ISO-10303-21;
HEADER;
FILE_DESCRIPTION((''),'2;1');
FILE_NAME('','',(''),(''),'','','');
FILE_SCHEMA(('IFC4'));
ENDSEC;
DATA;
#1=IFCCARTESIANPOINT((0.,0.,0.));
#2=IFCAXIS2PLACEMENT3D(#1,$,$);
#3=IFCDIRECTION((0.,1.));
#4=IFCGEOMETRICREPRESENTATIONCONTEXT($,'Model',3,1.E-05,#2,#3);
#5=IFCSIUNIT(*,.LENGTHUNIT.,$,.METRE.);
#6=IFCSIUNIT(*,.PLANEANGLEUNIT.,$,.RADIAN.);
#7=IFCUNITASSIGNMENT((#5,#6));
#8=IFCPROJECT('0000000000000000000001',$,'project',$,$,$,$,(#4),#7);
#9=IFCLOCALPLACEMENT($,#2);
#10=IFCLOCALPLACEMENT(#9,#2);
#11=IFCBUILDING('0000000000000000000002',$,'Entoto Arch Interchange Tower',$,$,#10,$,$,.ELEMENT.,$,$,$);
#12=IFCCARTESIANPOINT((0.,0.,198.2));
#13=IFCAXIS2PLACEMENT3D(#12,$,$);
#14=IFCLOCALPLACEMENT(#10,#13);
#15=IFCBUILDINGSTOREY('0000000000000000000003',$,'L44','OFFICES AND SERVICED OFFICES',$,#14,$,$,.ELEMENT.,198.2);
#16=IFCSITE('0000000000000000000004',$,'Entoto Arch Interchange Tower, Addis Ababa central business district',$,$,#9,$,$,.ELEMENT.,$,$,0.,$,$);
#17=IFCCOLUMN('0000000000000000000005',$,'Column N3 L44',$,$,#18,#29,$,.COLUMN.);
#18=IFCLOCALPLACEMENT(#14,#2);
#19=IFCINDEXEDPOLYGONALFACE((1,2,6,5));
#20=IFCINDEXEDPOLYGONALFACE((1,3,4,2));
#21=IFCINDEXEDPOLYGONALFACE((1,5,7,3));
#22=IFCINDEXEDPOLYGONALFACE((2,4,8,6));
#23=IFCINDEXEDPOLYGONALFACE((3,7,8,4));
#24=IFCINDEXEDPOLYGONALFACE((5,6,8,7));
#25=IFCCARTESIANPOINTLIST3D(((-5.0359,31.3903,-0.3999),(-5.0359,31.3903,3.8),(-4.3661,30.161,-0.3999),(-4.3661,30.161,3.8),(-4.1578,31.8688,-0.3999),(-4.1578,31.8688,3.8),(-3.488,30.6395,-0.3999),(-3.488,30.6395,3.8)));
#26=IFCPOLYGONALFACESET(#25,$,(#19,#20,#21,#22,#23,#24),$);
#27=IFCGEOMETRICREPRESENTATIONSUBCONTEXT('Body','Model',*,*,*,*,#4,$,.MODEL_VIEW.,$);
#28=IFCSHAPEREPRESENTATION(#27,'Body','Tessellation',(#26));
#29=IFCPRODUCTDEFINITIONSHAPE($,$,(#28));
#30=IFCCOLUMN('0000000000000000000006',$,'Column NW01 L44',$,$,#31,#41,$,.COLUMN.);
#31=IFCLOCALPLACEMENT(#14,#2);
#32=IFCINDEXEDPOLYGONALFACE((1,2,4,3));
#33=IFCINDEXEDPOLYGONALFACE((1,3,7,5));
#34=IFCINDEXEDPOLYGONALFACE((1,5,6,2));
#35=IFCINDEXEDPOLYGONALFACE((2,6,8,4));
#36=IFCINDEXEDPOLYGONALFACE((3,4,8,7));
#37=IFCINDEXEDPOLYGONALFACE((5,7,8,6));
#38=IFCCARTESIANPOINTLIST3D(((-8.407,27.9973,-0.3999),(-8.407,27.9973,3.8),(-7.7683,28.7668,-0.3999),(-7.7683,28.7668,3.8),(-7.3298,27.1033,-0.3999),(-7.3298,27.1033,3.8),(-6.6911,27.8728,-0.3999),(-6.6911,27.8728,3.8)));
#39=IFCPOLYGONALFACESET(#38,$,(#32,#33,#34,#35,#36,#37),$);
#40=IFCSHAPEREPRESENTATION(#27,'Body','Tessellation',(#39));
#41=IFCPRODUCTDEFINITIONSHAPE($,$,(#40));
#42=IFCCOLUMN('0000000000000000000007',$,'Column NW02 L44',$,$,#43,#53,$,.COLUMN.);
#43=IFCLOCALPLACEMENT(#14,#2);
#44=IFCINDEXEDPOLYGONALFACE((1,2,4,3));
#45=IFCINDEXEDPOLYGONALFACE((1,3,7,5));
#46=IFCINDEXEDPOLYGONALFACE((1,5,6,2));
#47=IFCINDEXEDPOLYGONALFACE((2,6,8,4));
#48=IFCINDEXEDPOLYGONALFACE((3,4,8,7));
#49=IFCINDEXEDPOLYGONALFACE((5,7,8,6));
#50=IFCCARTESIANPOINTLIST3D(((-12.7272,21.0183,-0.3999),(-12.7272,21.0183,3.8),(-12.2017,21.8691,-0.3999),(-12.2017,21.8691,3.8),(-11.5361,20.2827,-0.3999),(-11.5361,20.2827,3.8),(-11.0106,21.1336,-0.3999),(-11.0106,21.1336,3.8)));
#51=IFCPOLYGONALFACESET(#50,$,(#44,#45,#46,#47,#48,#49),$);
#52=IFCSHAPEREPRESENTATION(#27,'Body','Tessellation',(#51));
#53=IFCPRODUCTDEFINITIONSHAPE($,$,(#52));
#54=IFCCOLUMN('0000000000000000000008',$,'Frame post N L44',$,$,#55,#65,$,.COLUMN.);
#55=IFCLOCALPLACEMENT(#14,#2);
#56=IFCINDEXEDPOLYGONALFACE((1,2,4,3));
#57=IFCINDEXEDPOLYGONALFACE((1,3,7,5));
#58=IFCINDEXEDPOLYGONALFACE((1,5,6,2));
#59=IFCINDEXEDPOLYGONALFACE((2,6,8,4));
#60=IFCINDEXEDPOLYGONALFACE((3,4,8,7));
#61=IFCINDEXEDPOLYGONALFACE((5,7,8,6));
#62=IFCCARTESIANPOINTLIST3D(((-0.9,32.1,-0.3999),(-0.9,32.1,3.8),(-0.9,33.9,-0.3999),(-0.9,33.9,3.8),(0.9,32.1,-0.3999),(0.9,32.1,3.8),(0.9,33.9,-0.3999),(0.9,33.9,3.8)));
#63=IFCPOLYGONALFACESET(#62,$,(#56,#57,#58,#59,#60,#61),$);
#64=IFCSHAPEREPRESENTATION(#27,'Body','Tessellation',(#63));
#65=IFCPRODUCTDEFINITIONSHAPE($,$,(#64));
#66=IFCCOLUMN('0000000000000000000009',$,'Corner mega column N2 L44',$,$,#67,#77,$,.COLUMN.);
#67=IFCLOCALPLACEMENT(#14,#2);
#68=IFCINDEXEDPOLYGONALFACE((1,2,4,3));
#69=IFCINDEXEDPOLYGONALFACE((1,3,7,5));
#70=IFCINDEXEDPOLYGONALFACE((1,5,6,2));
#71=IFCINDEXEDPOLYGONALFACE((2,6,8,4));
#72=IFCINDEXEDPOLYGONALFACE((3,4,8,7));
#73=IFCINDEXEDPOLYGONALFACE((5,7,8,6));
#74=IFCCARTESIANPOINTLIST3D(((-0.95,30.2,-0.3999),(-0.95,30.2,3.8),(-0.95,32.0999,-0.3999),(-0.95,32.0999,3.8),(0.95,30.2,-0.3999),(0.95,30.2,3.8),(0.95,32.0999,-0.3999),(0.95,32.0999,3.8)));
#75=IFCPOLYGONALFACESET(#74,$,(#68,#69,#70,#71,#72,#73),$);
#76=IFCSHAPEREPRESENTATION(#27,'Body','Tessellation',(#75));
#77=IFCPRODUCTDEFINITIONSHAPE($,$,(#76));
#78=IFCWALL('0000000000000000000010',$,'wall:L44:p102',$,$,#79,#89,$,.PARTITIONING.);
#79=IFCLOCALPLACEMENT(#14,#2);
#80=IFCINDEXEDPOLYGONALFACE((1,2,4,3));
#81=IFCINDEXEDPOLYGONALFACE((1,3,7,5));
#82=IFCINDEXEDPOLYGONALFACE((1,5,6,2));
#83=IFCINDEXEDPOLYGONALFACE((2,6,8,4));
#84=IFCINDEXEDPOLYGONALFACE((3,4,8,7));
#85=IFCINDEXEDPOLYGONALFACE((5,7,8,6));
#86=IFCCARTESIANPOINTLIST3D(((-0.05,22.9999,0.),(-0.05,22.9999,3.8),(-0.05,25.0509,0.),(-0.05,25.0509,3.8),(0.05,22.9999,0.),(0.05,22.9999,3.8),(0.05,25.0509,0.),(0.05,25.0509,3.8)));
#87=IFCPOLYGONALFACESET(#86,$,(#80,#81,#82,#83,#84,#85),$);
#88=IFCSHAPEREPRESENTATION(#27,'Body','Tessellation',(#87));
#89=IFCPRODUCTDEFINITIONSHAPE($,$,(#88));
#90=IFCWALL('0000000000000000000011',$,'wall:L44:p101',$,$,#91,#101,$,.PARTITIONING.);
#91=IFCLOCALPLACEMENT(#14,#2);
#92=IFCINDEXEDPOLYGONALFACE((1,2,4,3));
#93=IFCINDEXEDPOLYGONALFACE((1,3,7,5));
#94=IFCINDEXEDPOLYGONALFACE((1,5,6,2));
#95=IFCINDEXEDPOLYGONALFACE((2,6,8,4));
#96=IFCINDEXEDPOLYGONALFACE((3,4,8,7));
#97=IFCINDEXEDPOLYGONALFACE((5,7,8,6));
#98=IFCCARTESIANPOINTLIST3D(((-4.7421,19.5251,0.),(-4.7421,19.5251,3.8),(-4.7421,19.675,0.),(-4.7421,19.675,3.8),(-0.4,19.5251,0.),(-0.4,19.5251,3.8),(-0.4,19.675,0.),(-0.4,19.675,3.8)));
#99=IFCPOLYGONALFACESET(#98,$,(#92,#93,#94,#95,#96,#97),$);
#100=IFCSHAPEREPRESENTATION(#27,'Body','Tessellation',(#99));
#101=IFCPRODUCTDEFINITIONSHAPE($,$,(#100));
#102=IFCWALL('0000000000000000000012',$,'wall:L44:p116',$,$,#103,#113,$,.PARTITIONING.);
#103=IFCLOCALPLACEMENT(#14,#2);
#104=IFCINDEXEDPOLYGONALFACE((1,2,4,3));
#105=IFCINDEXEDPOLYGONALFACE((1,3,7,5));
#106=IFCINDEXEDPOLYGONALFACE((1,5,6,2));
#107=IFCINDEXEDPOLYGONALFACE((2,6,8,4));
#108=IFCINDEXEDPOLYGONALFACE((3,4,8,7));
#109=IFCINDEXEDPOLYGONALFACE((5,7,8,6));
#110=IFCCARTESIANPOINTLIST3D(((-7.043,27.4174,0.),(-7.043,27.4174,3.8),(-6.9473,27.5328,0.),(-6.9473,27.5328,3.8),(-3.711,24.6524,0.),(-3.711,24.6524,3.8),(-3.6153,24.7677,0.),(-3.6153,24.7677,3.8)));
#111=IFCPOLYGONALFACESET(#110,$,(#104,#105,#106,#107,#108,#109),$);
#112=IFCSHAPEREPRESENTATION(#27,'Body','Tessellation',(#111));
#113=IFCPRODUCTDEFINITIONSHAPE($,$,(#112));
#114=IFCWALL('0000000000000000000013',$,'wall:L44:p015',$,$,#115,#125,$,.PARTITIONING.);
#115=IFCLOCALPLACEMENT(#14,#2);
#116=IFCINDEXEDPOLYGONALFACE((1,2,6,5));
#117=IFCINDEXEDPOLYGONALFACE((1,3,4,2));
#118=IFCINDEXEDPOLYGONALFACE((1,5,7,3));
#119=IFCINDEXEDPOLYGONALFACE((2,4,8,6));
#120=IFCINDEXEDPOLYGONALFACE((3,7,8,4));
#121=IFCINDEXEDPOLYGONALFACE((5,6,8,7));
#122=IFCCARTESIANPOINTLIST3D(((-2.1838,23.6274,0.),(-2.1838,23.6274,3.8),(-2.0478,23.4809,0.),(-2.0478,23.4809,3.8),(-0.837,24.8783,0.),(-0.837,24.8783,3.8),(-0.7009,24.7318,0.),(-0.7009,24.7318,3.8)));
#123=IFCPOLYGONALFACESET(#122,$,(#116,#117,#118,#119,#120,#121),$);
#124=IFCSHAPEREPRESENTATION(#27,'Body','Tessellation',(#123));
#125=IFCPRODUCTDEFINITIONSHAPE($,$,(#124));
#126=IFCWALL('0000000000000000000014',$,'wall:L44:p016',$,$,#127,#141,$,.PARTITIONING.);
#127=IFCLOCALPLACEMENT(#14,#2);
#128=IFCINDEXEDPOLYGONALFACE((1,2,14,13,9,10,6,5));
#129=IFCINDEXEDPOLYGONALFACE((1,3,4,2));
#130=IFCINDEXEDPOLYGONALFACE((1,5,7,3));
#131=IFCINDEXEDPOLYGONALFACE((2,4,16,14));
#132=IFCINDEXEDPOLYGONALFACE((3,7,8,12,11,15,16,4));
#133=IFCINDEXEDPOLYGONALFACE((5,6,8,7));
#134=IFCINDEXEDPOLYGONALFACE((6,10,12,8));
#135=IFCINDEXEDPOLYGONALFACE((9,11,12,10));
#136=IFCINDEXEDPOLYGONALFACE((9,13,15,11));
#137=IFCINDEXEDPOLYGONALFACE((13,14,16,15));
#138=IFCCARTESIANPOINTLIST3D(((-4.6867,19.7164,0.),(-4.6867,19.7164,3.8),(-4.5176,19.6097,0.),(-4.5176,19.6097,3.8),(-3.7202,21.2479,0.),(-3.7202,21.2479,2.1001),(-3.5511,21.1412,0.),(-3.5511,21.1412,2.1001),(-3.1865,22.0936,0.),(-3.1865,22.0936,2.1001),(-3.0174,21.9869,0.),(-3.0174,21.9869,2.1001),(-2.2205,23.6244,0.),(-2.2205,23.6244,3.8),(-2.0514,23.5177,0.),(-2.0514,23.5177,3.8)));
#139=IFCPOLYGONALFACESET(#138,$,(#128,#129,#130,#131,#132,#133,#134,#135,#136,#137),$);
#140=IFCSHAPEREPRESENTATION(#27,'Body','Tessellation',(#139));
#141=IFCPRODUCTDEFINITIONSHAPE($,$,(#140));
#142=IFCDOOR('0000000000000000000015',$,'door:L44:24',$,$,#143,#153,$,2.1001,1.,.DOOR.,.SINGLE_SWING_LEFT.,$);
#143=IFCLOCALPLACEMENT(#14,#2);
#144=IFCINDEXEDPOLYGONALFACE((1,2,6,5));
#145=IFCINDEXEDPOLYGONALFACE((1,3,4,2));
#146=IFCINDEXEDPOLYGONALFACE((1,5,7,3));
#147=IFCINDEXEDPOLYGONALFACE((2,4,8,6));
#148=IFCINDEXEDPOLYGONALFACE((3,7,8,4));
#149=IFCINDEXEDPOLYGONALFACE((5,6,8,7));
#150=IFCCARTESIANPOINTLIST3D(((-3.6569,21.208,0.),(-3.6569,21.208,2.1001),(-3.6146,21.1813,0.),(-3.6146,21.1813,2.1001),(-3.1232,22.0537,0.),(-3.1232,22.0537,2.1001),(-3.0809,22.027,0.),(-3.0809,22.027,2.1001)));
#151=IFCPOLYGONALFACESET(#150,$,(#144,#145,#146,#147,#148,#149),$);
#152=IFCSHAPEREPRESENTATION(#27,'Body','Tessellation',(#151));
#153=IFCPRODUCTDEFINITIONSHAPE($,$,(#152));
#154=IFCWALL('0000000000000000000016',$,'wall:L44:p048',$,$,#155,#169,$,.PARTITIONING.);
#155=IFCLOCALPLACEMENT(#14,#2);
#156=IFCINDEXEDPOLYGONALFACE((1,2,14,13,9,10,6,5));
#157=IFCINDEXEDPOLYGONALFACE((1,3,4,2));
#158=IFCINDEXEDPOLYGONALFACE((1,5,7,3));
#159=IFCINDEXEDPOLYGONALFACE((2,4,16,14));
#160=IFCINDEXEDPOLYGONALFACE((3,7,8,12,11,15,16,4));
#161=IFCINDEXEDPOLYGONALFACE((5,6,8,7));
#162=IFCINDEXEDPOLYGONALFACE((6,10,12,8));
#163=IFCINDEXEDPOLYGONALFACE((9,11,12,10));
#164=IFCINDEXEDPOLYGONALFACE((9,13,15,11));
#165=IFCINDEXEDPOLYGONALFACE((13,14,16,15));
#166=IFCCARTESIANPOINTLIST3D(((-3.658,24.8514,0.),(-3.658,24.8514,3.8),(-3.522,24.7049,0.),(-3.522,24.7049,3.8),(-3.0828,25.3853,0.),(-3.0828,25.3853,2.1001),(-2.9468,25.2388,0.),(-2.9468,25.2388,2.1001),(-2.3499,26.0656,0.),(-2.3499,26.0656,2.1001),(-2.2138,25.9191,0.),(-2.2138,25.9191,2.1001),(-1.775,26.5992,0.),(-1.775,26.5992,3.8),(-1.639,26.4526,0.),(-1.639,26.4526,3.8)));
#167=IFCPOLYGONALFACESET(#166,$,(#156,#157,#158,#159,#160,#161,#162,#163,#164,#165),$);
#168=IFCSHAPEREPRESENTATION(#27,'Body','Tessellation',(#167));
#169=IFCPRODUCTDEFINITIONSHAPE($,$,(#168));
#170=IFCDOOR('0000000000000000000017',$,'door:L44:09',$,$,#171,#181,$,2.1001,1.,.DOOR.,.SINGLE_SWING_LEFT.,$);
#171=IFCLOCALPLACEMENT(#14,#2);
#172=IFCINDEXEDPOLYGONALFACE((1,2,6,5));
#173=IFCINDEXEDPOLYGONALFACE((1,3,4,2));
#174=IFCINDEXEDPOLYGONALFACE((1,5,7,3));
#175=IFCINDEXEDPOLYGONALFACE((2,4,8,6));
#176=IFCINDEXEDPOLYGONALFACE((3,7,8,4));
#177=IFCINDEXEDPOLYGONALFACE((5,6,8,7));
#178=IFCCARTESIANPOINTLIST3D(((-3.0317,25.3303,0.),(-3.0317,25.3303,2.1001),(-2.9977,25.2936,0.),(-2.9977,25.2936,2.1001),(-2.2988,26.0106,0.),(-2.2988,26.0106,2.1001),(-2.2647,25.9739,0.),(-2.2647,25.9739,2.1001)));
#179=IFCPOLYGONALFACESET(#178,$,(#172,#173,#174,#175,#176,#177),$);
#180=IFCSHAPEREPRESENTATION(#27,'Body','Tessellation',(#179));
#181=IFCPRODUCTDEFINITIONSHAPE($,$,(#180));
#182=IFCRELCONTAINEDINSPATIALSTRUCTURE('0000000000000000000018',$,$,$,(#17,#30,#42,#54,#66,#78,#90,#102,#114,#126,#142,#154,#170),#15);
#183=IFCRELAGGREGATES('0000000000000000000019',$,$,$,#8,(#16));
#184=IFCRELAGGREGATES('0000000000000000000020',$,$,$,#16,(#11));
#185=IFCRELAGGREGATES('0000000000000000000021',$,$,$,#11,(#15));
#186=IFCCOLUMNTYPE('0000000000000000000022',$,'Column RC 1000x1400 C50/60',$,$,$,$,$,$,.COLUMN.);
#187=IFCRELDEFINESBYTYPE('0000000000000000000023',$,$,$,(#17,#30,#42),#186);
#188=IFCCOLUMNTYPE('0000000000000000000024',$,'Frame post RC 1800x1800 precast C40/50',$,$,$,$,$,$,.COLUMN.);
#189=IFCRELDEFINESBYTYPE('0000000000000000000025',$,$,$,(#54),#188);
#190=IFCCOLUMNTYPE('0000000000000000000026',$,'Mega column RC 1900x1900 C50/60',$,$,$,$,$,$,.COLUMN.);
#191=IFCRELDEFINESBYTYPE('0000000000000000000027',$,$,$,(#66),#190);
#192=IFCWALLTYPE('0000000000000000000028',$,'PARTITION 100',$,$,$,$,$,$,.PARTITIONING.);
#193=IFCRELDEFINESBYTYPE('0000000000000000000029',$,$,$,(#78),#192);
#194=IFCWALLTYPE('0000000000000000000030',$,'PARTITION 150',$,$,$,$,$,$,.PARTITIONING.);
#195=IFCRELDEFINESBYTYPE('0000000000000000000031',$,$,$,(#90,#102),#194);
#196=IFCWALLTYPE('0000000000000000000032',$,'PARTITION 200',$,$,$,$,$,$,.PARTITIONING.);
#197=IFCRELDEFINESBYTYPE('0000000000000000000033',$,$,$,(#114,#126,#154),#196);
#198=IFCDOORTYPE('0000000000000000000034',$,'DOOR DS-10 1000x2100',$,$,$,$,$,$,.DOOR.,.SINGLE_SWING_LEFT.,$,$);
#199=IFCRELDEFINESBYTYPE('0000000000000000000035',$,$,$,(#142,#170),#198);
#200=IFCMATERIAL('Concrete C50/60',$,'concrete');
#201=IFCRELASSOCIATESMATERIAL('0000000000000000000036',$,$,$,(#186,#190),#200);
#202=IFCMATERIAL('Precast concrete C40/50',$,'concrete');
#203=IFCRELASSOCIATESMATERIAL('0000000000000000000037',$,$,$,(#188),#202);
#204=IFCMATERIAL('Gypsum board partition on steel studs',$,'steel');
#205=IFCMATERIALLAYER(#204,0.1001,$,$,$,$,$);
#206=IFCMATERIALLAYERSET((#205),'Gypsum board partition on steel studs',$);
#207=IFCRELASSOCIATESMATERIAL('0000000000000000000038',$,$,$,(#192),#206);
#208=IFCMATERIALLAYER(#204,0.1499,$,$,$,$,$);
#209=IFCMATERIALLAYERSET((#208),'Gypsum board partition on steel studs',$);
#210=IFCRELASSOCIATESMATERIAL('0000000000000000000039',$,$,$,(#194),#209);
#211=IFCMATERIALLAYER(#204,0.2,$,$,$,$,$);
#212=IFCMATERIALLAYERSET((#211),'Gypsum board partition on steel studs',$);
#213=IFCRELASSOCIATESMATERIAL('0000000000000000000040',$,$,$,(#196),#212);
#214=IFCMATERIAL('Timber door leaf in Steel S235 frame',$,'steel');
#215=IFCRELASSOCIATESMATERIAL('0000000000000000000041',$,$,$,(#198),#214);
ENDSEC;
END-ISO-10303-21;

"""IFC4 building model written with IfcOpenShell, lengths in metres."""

from ifc_helpers import new_model, si_unit, direction, frame, frame_2d, origin, origin_2d, place, context, subcontext, project, spatial, rectangle, extrude, material, layer, layer_set, material_profile, profile_set, type_object, element, fill, save


model = new_model("IFC4")

# Units and contexts
model_context = context("Model", 3, precision=1e-05, world=origin(), true_north=direction((0.0, 1.0)))
body_context = subcontext(model_context, "Body", "Model", "MODEL_VIEW")
ifc_project = project(units=[si_unit("LENGTHUNIT", "METRE"), si_unit("PLANEANGLEUNIT", "RADIAN")], contexts=[model_context])

# Site, building, storey
site_placement = place(None, origin())
site = spatial("IfcSite", under=ifc_project, at=site_placement, Name="Entoto Arch Interchange Tower, Addis Ababa central business district", CompositionType="ELEMENT", RefElevation=0.0)
building_placement = place(site_placement, origin())
building = spatial("IfcBuilding", under=site, at=building_placement, Name="Entoto Arch Interchange Tower", CompositionType="ELEMENT")
storey_placement = place(building_placement, frame((0.0, 0.0, 198.2)))
storey = spatial("IfcBuildingStorey", under=building, at=storey_placement, Name="L44", Description="OFFICES AND SERVICED OFFICES", CompositionType="ELEMENT", Elevation=198.2)

# Columns
ifc_material_1 = material(Name="Concrete C50/60", Category="concrete")
ifc_material_profile_1 = material_profile(ifc_material_1, rectangle(XDim=1.0, YDim=1.3999, at=origin_2d()))
ifc_profile_set_1 = profile_set([ifc_material_profile_1], Name="Concrete C50/60")
column_type_1 = type_object("IfcColumnType", Name="Column RC 1000x1400 C50/60", PredefinedType="COLUMN", material=ifc_profile_set_1)
for number, where, z_axis, x_axis, name in (
    (1, (-4.262, 31.0149, -0.3999), (0.0, 0.0, 1.0), (0.8781, 0.478477, 0.0), "Column N3 L44"),
    (2, (-7.5491, 27.9351, -0.3999), (0.0, 0.0, 1.0), (0.63866, 0.769489, 0.0), "Column NW01 L44"),
    (3, (-11.8689, 21.0759, -0.3999), (0.0, 0.0, 1.0), (0.525427, 0.850839, 0.0), "Column NW02 L44"),
):
    element("IfcColumn", number, at=place(storey_placement, frame(where, z_axis=z_axis, x_axis=x_axis)), inside=storey, type_object=column_type_1, Name=name, PredefinedType="COLUMN", context=body_context, shape_type="SweptSolid", body=[
        extrude(rectangle(XDim=1.0, YDim=1.3999, at=origin_2d()), origin(), (0.0, 0.0, 1.0), 4.2),
    ])
ifc_material_2 = material(Name="Precast concrete C40/50", Category="concrete")
ifc_material_profile_2 = material_profile(ifc_material_2, rectangle(XDim=1.8, YDim=1.8, at=origin_2d()))
ifc_profile_set_2 = profile_set([ifc_material_profile_2], Name="Precast concrete C40/50")
column_type_2 = type_object("IfcColumnType", Name="Frame post RC 1800x1800 precast C40/50", PredefinedType="COLUMN", material=ifc_profile_set_2)
column_1_placement = place(storey_placement, frame((0.0, 33.0, -0.3999), z_axis=(0.0, 0.0, 1.0), x_axis=(0.0, 1.0, 0.0)))
element("IfcColumn", 4, at=column_1_placement, inside=storey, type_object=column_type_2, Name="Frame post N L44", PredefinedType="COLUMN", context=body_context, shape_type="SweptSolid", body=[
    extrude(rectangle(XDim=1.8, YDim=1.8, at=origin_2d()), origin(), (0.0, 0.0, 1.0), 4.2),
])
ifc_material_profile_3 = material_profile(ifc_material_1, rectangle(XDim=1.8999, YDim=1.8999, at=origin_2d()))
ifc_profile_set_3 = profile_set([ifc_material_profile_3], Name="Concrete C50/60")
column_type_3 = type_object("IfcColumnType", Name="Mega column RC 1900x1900 C50/60", PredefinedType="COLUMN", material=ifc_profile_set_3)
column_2_placement = place(storey_placement, frame((0.0, 31.1499, -0.3999), z_axis=(0.0, 0.0, 1.0), x_axis=(0.0, 1.0, 0.0)))
element("IfcColumn", 5, at=column_2_placement, inside=storey, type_object=column_type_3, Name="Corner mega column N2 L44", PredefinedType="COLUMN", context=body_context, shape_type="SweptSolid", body=[
    extrude(rectangle(XDim=1.8999, YDim=1.8999, at=origin_2d()), origin(), (0.0, 0.0, 1.0), 4.2),
])

# Walls
ifc_material_3 = material(Name="Gypsum board partition on steel studs", Category="steel")
ifc_layer_1 = layer(ifc_material_3, 0.1001)
ifc_layer_set_1 = layer_set([ifc_layer_1], Name="Gypsum board partition on steel studs")
wall_type_1 = type_object("IfcWallType", Name="PARTITION 100", PredefinedType="PARTITIONING", material=ifc_layer_set_1)
wall_1_placement = place(storey_placement, frame((0.0, 23.0, 0.0), z_axis=(0.0, 0.0, 1.0), x_axis=(0.0, 1.0, 0.0)))
element("IfcWall", 6, at=wall_1_placement, inside=storey, type_object=wall_type_1, Name="wall:L44:p102", PredefinedType="PARTITIONING", context=body_context, shape_type="SweptSolid", body=[
    extrude(rectangle(XDim=2.051, YDim=0.1001, at=frame_2d((1.0254, 0.0))), origin(), (0.0, 0.0, 1.0), 3.8),
])
ifc_layer_2 = layer(ifc_material_3, 0.1499)
ifc_layer_set_2 = layer_set([ifc_layer_2], Name="Gypsum board partition on steel studs")
wall_type_2 = type_object("IfcWallType", Name="PARTITION 150", PredefinedType="PARTITIONING", material=ifc_layer_set_2)
wall_2_placement = place(storey_placement, frame((-4.7419, 19.6001, 0.0), z_axis=(0.0, 0.0, 1.0), x_axis=(1.0, 0.0, 0.0)))
element("IfcWall", 7, at=wall_2_placement, inside=storey, type_object=wall_type_2, Name="wall:L44:p101", PredefinedType="PARTITIONING", context=body_context, shape_type="SweptSolid", body=[
    extrude(rectangle(XDim=4.342, YDim=0.1499, at=frame_2d((2.1709, 0.0))), origin(), (0.0, 0.0, 1.0), 3.8),
])
wall_3_placement = place(storey_placement, frame((-3.6631, 24.71, 0.0), z_axis=(0.0, 0.0, 1.0), x_axis=(-0.769532, 0.638608, 0.0)))
element("IfcWall", 8, at=wall_3_placement, inside=storey, type_object=wall_type_2, Name="wall:L44:p116", PredefinedType="PARTITIONING", context=body_context, shape_type="SweptSolid", body=[
    extrude(rectangle(XDim=4.3298, YDim=0.1499, at=frame_2d((2.165, 0.0))), origin(), (0.0, 0.0, 1.0), 3.8),
])
ifc_layer_3 = layer(ifc_material_3, 0.2)
ifc_layer_set_3 = layer_set([ifc_layer_3], Name="Gypsum board partition on steel studs")
wall_type_3 = type_object("IfcWallType", Name="PARTITION 200", PredefinedType="PARTITIONING", material=ifc_layer_set_3)
wall_4_placement = place(storey_placement, frame((-0.769, 24.8049, 0.0), z_axis=(0.0, 0.0, 1.0), x_axis=(-0.732723, -0.680528, 0.0)))
element("IfcWall", 9, at=wall_4_placement, inside=storey, type_object=wall_type_3, Name="wall:L44:p015", PredefinedType="PARTITIONING", context=body_context, shape_type="SweptSolid", body=[
    extrude(rectangle(XDim=1.8381, YDim=0.2, at=frame_2d((0.9189, 0.0))), origin(), (0.0, 0.0, 1.0), 3.8),
])

# Walls, openings, doors
wall_5_placement = place(storey_placement, frame((-2.136, 23.571, 0.0), z_axis=(0.0, 0.0, 1.0), x_axis=(-0.533665, -0.845696, 0.0)))
wall_5 = element("IfcWall", 10, at=wall_5_placement, inside=storey, type_object=wall_type_3, Name="wall:L44:p016", PredefinedType="PARTITIONING", context=body_context, shape_type="SweptSolid", body=[
    extrude(rectangle(XDim=4.6211, YDim=0.2, at=frame_2d((2.3105, 0.0))), origin(), (0.0, 0.0, 1.0), 3.8),
])
opening_1_placement = place(wall_5_placement, frame((1.8101, 0.0, 0.0)))
opening_1 = element("IfcOpeningElement", 11, at=opening_1_placement, cuts=wall_5, PredefinedType="OPENING", context=body_context, shape_type="SweptSolid", body=[
    extrude(rectangle(XDim=1.0, YDim=2.1001, at=frame_2d((0.5, 1.05))), frame((0.0, 0.1099, 0.0), z_axis=(0.0, -1.0, 0.0), x_axis=(1.0, 0.0, 0.0)), (0.0, 0.0, 1.0), 0.22),
])
ifc_material_4 = material(Name="Timber door leaf in Steel S235 frame", Category="steel")
door_type = type_object("IfcDoorType", Name="DOOR DS-10 1000x2100", OperationType="SINGLE_SWING_LEFT", PredefinedType="DOOR", material=ifc_material_4)
door_1_placement = place(opening_1_placement, origin())
door_1 = element("IfcDoor", 12, at=door_1_placement, inside=storey, type_object=door_type, Name="door:L44:24", OperationType="SINGLE_SWING_LEFT", OverallHeight=2.1001, OverallWidth=1.0, PredefinedType="DOOR", context=body_context, shape_type="SweptSolid", body=[
    extrude(rectangle(XDim=1.0, YDim=2.1001, at=frame_2d((0.5, 1.05))), frame((0.0, 0.0249, 0.0), z_axis=(0.0, -1.0, 0.0), x_axis=(1.0, 0.0, 0.0)), (0.0, 0.0, 1.0), 0.05),
])
fill(opening_1, door_1)
wall_6_placement = place(storey_placement, frame((-3.5901, 24.7781, 0.0), z_axis=(0.0, 0.0, 1.0), x_axis=(0.732939, 0.680294, 0.0)))
wall_6 = element("IfcWall", 13, at=wall_6_placement, inside=storey, type_object=wall_type_3, Name="wall:L44:p048", PredefinedType="PARTITIONING", context=body_context, shape_type="SweptSolid", body=[
    extrude(rectangle(XDim=2.5691, YDim=0.2, at=frame_2d((1.2847, 0.0))), origin(), (0.0, 0.0, 1.0), 3.8),
])
opening_2_placement = place(wall_6_placement, frame((0.7849, 0.0, 0.0)))
opening_2 = element("IfcOpeningElement", 14, at=opening_2_placement, cuts=wall_6, PredefinedType="OPENING", context=body_context, shape_type="SweptSolid", body=[
    extrude(rectangle(XDim=1.0, YDim=2.1001, at=frame_2d((0.5, 1.05))), frame((0.0, 0.1099, 0.0), z_axis=(0.0, -1.0, 0.0), x_axis=(1.0, 0.0, 0.0)), (0.0, 0.0, 1.0), 0.22),
])
door_2_placement = place(opening_2_placement, origin())
door_2 = element("IfcDoor", 15, at=door_2_placement, inside=storey, type_object=door_type, Name="door:L44:09", OperationType="SINGLE_SWING_LEFT", OverallHeight=2.1001, OverallWidth=1.0, PredefinedType="DOOR", context=body_context, shape_type="SweptSolid", body=[
    extrude(rectangle(XDim=1.0, YDim=2.1001, at=frame_2d((0.5, 1.05))), frame((0.0, 0.0249, 0.0), z_axis=(0.0, -1.0, 0.0), x_axis=(1.0, 0.0, 0.0)), (0.0, 0.0, 1.0), 0.05),
])
fill(opening_2, door_2)

save(model, "model.ifc")
